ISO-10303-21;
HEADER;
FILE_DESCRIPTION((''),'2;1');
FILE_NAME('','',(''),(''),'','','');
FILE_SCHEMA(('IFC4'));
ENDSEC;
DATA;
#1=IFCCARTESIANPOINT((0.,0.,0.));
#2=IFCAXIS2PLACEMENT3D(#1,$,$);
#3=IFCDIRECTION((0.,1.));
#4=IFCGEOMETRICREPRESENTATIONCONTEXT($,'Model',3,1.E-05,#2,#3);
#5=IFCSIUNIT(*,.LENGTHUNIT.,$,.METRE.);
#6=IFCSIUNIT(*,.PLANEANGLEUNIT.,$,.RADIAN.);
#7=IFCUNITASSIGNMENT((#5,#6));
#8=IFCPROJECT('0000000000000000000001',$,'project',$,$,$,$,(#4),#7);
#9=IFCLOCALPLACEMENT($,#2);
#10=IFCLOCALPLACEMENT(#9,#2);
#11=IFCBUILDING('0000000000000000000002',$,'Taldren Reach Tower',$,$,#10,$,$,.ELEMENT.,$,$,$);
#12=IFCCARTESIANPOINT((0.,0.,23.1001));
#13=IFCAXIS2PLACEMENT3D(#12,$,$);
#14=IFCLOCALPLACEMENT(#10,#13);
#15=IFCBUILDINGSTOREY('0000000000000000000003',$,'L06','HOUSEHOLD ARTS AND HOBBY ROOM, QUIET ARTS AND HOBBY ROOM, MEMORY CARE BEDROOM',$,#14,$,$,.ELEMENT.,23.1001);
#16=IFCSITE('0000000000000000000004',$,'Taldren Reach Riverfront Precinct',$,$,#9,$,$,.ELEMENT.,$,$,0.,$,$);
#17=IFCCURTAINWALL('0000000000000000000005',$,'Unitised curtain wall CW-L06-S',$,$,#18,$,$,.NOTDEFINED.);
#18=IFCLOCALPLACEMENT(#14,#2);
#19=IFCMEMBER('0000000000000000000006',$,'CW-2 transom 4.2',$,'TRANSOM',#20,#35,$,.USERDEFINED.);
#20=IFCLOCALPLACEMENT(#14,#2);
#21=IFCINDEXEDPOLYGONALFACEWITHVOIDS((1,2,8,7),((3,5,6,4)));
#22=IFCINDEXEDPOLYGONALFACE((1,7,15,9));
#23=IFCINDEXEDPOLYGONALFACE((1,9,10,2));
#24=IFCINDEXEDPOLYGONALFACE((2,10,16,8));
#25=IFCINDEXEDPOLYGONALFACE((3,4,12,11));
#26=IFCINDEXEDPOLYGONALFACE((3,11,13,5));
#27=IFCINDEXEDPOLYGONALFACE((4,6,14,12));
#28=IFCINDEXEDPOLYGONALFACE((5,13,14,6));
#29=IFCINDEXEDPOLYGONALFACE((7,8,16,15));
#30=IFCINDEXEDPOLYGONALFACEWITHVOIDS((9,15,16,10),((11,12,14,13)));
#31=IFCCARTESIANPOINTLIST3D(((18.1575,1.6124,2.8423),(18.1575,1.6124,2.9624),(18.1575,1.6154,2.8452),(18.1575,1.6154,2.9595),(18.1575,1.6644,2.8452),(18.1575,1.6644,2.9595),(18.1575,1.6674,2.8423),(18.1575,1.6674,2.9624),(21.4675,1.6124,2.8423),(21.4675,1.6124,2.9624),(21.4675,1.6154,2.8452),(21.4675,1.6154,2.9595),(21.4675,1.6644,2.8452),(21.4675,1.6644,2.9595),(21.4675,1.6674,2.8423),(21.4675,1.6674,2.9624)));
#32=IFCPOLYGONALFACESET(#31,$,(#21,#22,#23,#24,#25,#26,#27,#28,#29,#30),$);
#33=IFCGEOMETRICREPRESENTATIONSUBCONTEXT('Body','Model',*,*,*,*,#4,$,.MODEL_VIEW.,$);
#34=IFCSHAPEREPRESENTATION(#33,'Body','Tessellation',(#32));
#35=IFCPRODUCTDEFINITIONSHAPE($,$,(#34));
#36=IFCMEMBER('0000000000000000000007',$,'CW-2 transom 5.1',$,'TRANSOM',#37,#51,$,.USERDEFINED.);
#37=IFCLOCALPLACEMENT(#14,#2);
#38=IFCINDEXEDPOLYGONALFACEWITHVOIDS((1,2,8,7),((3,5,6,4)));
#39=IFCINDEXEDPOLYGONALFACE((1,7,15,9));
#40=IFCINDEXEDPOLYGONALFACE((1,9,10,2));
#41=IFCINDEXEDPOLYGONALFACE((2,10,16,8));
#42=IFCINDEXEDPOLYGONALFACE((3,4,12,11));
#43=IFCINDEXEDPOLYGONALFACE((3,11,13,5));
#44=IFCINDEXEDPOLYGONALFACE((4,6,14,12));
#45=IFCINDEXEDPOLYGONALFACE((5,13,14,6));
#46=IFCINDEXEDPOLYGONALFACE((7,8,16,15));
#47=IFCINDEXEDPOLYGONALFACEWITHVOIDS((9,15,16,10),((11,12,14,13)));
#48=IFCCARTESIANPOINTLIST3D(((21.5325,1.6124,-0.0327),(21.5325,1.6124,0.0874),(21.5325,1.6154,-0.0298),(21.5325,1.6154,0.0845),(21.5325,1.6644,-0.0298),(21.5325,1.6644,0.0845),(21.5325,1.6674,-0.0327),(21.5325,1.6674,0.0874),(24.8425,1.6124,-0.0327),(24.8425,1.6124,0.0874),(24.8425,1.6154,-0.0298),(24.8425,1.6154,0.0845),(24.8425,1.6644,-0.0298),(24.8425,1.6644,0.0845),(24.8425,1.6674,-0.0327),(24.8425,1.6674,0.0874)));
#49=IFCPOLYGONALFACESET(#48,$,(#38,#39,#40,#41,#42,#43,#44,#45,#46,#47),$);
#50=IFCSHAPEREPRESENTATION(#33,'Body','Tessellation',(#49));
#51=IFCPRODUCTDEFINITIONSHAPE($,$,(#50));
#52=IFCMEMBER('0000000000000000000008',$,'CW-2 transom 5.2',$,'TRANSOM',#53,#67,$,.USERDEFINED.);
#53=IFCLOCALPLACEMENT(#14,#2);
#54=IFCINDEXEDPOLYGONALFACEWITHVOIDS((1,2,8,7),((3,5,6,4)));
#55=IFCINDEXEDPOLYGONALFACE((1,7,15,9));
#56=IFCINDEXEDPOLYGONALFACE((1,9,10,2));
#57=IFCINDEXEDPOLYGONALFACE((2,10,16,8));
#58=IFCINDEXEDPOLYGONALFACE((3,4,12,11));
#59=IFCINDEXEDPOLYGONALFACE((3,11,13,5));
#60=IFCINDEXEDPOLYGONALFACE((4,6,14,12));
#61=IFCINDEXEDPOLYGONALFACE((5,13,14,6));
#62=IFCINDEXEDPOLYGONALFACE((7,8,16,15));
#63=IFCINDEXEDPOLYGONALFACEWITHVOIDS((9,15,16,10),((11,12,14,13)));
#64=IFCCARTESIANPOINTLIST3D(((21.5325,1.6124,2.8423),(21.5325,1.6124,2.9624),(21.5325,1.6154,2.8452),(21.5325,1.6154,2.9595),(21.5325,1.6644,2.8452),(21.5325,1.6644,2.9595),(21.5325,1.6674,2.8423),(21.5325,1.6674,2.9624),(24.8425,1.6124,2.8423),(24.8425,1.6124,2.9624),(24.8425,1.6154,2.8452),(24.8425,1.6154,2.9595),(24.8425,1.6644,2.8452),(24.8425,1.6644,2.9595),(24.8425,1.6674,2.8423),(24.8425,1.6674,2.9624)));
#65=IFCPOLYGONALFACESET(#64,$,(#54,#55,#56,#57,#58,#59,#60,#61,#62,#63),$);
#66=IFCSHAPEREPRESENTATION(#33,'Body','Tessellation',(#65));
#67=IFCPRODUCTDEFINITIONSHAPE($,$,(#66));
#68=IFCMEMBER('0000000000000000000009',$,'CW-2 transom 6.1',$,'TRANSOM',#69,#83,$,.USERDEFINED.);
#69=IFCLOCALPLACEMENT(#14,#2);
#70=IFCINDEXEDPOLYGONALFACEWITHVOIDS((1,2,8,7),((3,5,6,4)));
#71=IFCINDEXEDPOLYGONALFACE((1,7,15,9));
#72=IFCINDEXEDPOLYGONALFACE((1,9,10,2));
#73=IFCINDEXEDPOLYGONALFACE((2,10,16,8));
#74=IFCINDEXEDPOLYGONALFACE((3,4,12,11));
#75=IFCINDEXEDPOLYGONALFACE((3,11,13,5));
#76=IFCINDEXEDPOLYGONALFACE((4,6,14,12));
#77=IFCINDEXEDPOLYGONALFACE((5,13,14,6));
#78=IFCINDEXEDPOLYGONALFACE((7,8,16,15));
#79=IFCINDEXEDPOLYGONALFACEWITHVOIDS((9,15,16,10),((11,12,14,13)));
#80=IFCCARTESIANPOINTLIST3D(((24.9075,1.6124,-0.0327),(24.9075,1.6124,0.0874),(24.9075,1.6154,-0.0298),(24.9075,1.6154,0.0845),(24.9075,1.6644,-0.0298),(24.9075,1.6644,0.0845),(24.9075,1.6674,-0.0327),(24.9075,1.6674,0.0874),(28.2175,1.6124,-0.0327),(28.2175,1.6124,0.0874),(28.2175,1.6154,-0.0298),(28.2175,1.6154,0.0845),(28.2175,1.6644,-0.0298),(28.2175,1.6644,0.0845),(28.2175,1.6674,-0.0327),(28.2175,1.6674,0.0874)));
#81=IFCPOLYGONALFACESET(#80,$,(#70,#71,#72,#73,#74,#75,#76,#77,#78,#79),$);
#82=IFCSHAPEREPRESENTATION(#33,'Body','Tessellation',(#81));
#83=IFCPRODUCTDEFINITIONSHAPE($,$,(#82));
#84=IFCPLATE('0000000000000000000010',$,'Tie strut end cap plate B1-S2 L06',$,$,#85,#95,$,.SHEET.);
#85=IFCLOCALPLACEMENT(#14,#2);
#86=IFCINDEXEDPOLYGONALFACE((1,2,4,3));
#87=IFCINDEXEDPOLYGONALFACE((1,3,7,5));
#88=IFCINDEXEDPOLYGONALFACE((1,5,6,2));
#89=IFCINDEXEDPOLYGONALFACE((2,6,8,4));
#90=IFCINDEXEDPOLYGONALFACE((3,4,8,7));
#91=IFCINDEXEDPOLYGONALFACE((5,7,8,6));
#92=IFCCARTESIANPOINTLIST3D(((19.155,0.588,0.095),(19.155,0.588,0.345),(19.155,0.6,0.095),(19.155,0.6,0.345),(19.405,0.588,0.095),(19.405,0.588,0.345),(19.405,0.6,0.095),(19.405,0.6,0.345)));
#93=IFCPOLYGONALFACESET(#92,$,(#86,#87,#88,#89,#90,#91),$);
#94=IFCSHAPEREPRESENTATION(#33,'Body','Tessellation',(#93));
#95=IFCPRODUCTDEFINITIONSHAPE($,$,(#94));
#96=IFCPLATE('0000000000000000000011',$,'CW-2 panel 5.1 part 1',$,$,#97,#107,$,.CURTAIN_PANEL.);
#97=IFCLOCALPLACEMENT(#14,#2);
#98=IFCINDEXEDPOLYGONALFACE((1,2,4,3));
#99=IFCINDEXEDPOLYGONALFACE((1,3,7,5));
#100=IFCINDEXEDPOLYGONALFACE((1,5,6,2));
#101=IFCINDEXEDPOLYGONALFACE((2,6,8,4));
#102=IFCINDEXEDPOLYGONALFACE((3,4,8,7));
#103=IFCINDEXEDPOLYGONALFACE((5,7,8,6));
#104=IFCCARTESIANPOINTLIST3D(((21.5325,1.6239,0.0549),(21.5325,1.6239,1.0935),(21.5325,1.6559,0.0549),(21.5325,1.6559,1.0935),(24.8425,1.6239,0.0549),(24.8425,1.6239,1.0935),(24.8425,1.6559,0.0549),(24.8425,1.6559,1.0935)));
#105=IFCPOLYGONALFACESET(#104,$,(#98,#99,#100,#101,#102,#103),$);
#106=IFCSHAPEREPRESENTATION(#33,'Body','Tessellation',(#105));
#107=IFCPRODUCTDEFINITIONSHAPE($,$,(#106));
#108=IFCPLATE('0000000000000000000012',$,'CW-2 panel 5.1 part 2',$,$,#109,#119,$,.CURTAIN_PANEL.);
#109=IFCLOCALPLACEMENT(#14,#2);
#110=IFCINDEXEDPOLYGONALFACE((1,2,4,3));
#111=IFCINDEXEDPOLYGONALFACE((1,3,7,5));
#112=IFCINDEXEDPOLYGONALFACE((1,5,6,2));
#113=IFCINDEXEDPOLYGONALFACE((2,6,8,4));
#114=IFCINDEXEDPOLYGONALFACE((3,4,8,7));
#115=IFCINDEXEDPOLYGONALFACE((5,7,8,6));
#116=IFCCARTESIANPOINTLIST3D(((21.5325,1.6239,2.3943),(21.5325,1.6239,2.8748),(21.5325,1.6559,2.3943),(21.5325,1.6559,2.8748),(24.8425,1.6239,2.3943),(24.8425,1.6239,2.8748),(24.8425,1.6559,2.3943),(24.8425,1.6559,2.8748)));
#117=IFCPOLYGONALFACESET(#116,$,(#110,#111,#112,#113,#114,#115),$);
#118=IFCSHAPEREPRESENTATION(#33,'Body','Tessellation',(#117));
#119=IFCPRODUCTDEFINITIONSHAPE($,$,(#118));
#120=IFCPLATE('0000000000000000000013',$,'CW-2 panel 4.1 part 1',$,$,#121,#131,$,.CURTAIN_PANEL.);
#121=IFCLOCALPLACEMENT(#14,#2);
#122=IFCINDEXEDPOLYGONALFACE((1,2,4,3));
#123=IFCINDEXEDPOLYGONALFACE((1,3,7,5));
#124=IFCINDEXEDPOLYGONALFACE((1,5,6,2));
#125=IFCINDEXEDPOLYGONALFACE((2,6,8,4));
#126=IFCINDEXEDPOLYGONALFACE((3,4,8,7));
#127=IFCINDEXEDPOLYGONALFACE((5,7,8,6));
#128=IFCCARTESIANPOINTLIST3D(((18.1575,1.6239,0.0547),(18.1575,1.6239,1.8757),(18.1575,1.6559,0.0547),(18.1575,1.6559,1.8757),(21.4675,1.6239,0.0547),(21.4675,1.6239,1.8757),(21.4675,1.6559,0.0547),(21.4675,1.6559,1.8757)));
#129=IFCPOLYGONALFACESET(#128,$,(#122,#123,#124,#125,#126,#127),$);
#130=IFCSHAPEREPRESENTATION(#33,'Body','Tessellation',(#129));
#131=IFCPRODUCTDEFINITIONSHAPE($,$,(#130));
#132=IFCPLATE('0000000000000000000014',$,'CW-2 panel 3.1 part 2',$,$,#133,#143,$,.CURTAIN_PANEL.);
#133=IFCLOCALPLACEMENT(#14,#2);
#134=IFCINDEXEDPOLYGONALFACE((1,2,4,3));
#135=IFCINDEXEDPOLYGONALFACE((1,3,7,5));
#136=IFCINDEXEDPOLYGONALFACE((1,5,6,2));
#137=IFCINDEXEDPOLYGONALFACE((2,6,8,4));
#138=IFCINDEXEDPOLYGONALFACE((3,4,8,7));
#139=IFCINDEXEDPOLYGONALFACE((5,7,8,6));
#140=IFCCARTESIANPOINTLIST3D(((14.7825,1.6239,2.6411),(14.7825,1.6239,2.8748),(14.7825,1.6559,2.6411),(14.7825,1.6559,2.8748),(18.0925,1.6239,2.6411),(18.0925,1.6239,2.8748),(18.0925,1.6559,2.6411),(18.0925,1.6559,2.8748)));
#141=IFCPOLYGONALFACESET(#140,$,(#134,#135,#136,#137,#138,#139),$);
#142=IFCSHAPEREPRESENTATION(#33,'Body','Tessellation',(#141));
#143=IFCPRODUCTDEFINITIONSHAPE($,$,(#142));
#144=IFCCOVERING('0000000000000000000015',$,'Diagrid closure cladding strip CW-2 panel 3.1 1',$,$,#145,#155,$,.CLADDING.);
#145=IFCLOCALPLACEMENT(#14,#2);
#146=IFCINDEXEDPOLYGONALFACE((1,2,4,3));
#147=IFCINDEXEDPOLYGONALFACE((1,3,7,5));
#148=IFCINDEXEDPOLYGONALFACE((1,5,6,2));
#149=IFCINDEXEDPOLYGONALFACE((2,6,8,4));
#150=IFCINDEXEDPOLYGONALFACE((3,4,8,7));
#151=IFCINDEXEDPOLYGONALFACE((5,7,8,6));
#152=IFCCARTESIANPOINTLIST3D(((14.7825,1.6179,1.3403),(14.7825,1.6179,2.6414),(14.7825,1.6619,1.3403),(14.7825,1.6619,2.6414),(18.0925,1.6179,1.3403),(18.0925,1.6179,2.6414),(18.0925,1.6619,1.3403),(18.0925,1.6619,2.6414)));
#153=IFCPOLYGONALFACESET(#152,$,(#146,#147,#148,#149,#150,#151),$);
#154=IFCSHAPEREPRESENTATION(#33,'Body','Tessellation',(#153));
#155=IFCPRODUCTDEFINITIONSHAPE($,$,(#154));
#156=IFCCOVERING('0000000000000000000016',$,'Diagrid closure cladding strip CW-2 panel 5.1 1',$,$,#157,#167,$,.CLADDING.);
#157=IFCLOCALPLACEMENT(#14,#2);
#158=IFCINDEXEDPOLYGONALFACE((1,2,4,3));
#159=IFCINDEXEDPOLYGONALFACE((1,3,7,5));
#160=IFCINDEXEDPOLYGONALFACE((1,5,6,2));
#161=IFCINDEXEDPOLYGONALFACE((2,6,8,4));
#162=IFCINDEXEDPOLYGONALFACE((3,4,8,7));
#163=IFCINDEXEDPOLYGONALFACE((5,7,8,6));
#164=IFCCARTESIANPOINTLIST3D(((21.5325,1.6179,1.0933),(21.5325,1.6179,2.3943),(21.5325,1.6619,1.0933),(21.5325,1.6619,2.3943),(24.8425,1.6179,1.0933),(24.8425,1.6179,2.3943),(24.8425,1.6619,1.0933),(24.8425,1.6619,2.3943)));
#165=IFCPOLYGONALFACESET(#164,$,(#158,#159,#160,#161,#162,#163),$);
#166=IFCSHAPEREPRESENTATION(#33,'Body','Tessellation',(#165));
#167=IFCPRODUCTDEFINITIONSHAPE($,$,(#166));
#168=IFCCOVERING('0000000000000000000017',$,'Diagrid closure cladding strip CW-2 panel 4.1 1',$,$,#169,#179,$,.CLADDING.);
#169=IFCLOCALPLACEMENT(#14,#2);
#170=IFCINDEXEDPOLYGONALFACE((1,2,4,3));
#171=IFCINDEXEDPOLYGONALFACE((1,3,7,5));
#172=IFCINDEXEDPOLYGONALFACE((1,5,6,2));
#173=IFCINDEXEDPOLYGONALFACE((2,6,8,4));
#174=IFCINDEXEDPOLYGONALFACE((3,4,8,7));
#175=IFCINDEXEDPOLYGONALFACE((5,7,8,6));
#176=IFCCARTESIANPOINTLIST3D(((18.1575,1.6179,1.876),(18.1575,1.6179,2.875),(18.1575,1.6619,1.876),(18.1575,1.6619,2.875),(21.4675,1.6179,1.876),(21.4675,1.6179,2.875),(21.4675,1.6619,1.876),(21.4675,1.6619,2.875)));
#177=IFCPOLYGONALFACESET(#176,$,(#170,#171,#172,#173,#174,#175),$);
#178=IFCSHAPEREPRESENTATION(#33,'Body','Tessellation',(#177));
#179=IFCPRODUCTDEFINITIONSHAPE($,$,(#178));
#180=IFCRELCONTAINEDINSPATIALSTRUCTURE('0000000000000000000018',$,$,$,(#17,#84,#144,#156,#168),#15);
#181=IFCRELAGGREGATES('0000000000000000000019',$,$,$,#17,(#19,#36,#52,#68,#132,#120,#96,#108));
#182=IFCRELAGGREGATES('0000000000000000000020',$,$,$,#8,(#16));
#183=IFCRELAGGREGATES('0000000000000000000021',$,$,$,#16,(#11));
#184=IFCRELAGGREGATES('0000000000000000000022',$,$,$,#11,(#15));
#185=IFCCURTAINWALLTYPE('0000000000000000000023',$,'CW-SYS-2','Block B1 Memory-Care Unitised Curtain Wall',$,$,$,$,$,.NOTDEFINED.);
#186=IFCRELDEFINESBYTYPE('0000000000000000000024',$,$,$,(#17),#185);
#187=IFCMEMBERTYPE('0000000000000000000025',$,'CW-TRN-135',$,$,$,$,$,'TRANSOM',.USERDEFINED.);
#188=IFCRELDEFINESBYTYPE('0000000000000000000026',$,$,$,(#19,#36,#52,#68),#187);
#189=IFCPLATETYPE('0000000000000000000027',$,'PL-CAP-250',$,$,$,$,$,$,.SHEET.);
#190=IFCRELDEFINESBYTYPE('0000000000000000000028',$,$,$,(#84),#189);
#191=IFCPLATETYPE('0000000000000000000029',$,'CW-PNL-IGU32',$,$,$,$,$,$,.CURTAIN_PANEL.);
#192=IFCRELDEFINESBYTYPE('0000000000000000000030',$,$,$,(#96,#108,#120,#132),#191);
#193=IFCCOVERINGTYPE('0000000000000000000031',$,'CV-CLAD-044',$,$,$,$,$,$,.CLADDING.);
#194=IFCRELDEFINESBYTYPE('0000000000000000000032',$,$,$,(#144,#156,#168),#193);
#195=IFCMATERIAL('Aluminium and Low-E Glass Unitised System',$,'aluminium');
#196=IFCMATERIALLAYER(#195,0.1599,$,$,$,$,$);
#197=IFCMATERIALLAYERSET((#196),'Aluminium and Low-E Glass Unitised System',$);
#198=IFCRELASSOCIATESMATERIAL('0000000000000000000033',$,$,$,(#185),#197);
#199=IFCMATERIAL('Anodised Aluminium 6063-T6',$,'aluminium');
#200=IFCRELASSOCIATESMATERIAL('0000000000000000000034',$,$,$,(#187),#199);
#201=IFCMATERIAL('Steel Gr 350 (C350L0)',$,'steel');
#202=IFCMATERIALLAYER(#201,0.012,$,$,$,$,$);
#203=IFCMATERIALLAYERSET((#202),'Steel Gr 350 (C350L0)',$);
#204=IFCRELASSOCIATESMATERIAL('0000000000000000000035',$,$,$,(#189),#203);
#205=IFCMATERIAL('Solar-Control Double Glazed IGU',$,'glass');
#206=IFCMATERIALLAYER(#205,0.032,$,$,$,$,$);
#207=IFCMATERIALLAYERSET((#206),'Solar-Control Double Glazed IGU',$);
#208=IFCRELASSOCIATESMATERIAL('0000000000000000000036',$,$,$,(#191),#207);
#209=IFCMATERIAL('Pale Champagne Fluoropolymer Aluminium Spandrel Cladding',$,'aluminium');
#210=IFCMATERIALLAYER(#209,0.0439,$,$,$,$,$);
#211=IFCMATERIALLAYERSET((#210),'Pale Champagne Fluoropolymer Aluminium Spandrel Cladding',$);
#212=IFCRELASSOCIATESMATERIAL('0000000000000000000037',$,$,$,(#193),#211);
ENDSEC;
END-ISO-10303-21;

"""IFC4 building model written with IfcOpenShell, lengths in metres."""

from ifc_helpers import new_model, si_unit, direction, frame, origin, origin_2d, place, context, subcontext, project, spatial, rectangle, hollow_rectangle, extrude, source, transform, mapped, material, layer, layer_set, material_profile, profile_set, type_object, element, aggregate, save


model = new_model("IFC4")

# Units and contexts
model_context = context("Model", 3, precision=1e-05, world=origin(), true_north=direction((0.0, 1.0)))
body_context = subcontext(model_context, "Body", "Model", "MODEL_VIEW")
ifc_project = project(units=[si_unit("LENGTHUNIT", "METRE"), si_unit("PLANEANGLEUNIT", "RADIAN")], contexts=[model_context])

# Site, building, storey
site_placement = place(None, origin())
site = spatial("IfcSite", under=ifc_project, at=site_placement, Name="Taldren Reach Riverfront Precinct", CompositionType="ELEMENT", RefElevation=0.0)
building_placement = place(site_placement, origin())
building = spatial("IfcBuilding", under=site, at=building_placement, Name="Taldren Reach Tower", CompositionType="ELEMENT")
storey_placement = place(building_placement, frame((0.0, 0.0, 23.1001)))
storey = spatial("IfcBuildingStorey", under=building, at=storey_placement, Name="L06", Description="HOUSEHOLD ARTS AND HOBBY ROOM, QUIET ARTS AND HOBBY ROOM, MEMORY CARE BEDROOM", CompositionType="ELEMENT", Elevation=23.1001)

# Shared definitions
ifc_material_1 = material(Name="Steel Gr 350 (C350L0)", Category="steel")

# Curtain wall, members
ifc_material_2 = material(Name="Aluminium and Low-E Glass Unitised System", Category="aluminium")
ifc_layer_1 = layer(ifc_material_2, 0.1599)
ifc_layer_set_1 = layer_set([ifc_layer_1], Name="Aluminium and Low-E Glass Unitised System")
curtain_wall_type = type_object("IfcCurtainWallType", Name="CW-SYS-2", Description="Block B1 Memory-Care Unitised Curtain Wall", PredefinedType="NOTDEFINED", material=ifc_layer_set_1)
curtain_wall_placement = place(storey_placement, origin())
curtain_wall = element("IfcCurtainWall", 1, at=curtain_wall_placement, inside=storey, type_object=curtain_wall_type, Name="Unitised curtain wall CW-L06-S", PredefinedType="NOTDEFINED")
ifc_material_3 = material(Name="Anodised Aluminium 6063-T6", Category="aluminium")
ifc_material_profile_1 = material_profile(ifc_material_3, hollow_rectangle(XDim=0.0549, YDim=0.1201, WallThickness=0.0029, at=origin_2d()), Name="ALU-120x55x3RHS")
ifc_profile_set_1 = profile_set([ifc_material_profile_1], Name="Anodised Aluminium 6063-T6")
member_type_1 = type_object("IfcMemberType", Name="CW-TRN-135", ElementType="TRANSOM", PredefinedType="USERDEFINED", material=ifc_profile_set_1)
shared_shape_1 = source(origin(), body_context, "Body", "SweptSolid", [
    extrude(hollow_rectangle(XDim=0.0549, YDim=0.1201, WallThickness=0.0029, at=origin_2d()), origin(), (0.0, 0.0, 1.0), 3.3101),
])
member_1_placement = place(storey_placement, frame((18.1575, 1.6399, 2.9023), z_axis=(1.0, 0.0, 0.0), x_axis=(0.0, 1.0, 0.0)))
member_1 = element("IfcMember", 2, at=member_1_placement, type_object=member_type_1, Name="CW-2 transom 4.2", ObjectType="TRANSOM", PredefinedType="USERDEFINED", context=body_context, shape_type="MappedRepresentation", body=[
    mapped(shared_shape_1, transform((0.0, 0.0, 0.0), scale=1.0)),
])
member_2_placement = place(storey_placement, frame((21.5325, 1.6399, 0.0273), z_axis=(1.0, 0.0, 0.0), x_axis=(0.0, 1.0, 0.0)))
member_2 = element("IfcMember", 3, at=member_2_placement, type_object=member_type_1, Name="CW-2 transom 5.1", ObjectType="TRANSOM", PredefinedType="USERDEFINED", context=body_context, shape_type="MappedRepresentation", body=[
    mapped(shared_shape_1, transform((0.0, 0.0, 0.0), scale=1.0)),
])
member_3_placement = place(storey_placement, frame((21.5325, 1.6399, 2.9023), z_axis=(1.0, 0.0, 0.0), x_axis=(0.0, 1.0, 0.0)))
member_3 = element("IfcMember", 4, at=member_3_placement, type_object=member_type_1, Name="CW-2 transom 5.2", ObjectType="TRANSOM", PredefinedType="USERDEFINED", context=body_context, shape_type="MappedRepresentation", body=[
    mapped(shared_shape_1, transform((0.0, 0.0, 0.0), scale=1.0)),
])
member_4_placement = place(storey_placement, frame((24.9075, 1.6399, 0.0273), z_axis=(1.0, 0.0, 0.0), x_axis=(0.0, 1.0, 0.0)))
member_4 = element("IfcMember", 5, at=member_4_placement, type_object=member_type_1, Name="CW-2 transom 6.1", ObjectType="TRANSOM", PredefinedType="USERDEFINED", context=body_context, shape_type="MappedRepresentation", body=[
    mapped(shared_shape_1, transform((0.0, 0.0, 0.0), scale=1.0)),
])

# Plates
ifc_layer_2 = layer(ifc_material_1, 0.012)
ifc_layer_set_2 = layer_set([ifc_layer_2], Name="Steel Gr 350 (C350L0)")
plate_type_1 = type_object("IfcPlateType", Name="PL-CAP-250", PredefinedType="SHEET", material=ifc_layer_set_2)
shared_shape_2 = source(origin(), body_context, "Body", "SweptSolid", [
    extrude(rectangle(XDim=0.25, YDim=0.012, at=origin_2d()), origin(), (0.0, 0.0, 1.0), 0.25),
])
plate_1_placement = place(storey_placement, frame((19.28, 0.594, 0.095), z_axis=(0.0, 0.0, 1.0), x_axis=(1.0, 0.0, 0.0)))
element("IfcPlate", 6, at=plate_1_placement, inside=storey, type_object=plate_type_1, Name="Tie strut end cap plate B1-S2 L06", PredefinedType="SHEET", context=body_context, shape_type="MappedRepresentation", body=[
    mapped(shared_shape_2, transform((0.0, 0.0, 0.0), scale=1.0)),
])
ifc_material_4 = material(Name="Solar-Control Double Glazed IGU", Category="glass")
ifc_layer_3 = layer(ifc_material_4, 0.032)
ifc_layer_set_3 = layer_set([ifc_layer_3], Name="Solar-Control Double Glazed IGU")
plate_type_2 = type_object("IfcPlateType", Name="CW-PNL-IGU32", PredefinedType="CURTAIN_PANEL", material=ifc_layer_set_3)
shared_shape_3 = source(origin(), body_context, "Body", "SweptSolid", [
    extrude(rectangle(XDim=3.3101, YDim=0.032, at=origin_2d()), origin(), (0.0, 0.0, 1.0), 1.0386),
])
plate_2_placement = place(storey_placement, frame((23.1875, 1.6399, 0.0549), z_axis=(0.0, 0.0, 1.0), x_axis=(1.0, 0.0, 0.0)))
plate_2 = element("IfcPlate", 7, at=plate_2_placement, type_object=plate_type_2, Name="CW-2 panel 5.1 part 1", PredefinedType="CURTAIN_PANEL", context=body_context, shape_type="MappedRepresentation", body=[
    mapped(shared_shape_3, transform((0.0, 0.0, 0.0), scale=1.0)),
])
shared_shape_4 = source(origin(), body_context, "Body", "SweptSolid", [
    extrude(rectangle(XDim=3.3101, YDim=0.032, at=origin_2d()), origin(), (0.0, 0.0, 1.0), 0.4805),
])
plate_3_placement = place(storey_placement, frame((23.1875, 1.6399, 2.3943), z_axis=(0.0, 0.0, 1.0), x_axis=(1.0, 0.0, 0.0)))
plate_3 = element("IfcPlate", 8, at=plate_3_placement, type_object=plate_type_2, Name="CW-2 panel 5.1 part 2", PredefinedType="CURTAIN_PANEL", context=body_context, shape_type="MappedRepresentation", body=[
    mapped(shared_shape_4, transform((0.0, 0.0, 0.0), scale=1.0)),
])
shared_shape_5 = source(origin(), body_context, "Body", "SweptSolid", [
    extrude(rectangle(XDim=3.3101, YDim=0.032, at=origin_2d()), origin(), (0.0, 0.0, 1.0), 1.821),
])
plate_4_placement = place(storey_placement, frame((19.8125, 1.6399, 0.0547), z_axis=(0.0, 0.0, 1.0), x_axis=(1.0, 0.0, 0.0)))
plate_4 = element("IfcPlate", 9, at=plate_4_placement, type_object=plate_type_2, Name="CW-2 panel 4.1 part 1", PredefinedType="CURTAIN_PANEL", context=body_context, shape_type="MappedRepresentation", body=[
    mapped(shared_shape_5, transform((0.0, 0.0, 0.0), scale=1.0)),
])
shared_shape_6 = source(origin(), body_context, "Body", "SweptSolid", [
    extrude(rectangle(XDim=3.3101, YDim=0.032, at=origin_2d()), origin(), (0.0, 0.0, 1.0), 0.2336),
])
plate_5_placement = place(storey_placement, frame((16.4375, 1.6399, 2.6411), z_axis=(0.0, 0.0, 1.0), x_axis=(1.0, 0.0, 0.0)))
plate_5 = element("IfcPlate", 10, at=plate_5_placement, type_object=plate_type_2, Name="CW-2 panel 3.1 part 2", PredefinedType="CURTAIN_PANEL", context=body_context, shape_type="MappedRepresentation", body=[
    mapped(shared_shape_6, transform((0.0, 0.0, 0.0), scale=1.0)),
])
aggregate(curtain_wall, [member_1, member_2, member_3, member_4, plate_5, plate_4, plate_2, plate_3])

# Coverings
ifc_material_5 = material(Name="Pale Champagne Fluoropolymer Aluminium Spandrel Cladding", Category="aluminium")
ifc_layer_4 = layer(ifc_material_5, 0.0439)
ifc_layer_set_4 = layer_set([ifc_layer_4], Name="Pale Champagne Fluoropolymer Aluminium Spandrel Cladding")
covering_type = type_object("IfcCoveringType", Name="CV-CLAD-044", PredefinedType="CLADDING", material=ifc_layer_set_4)
shared_shape_7 = source(origin(), body_context, "Body", "SweptSolid", [
    extrude(rectangle(XDim=3.3101, YDim=0.0439, at=origin_2d()), origin(), (0.0, 0.0, 1.0), 1.301),
])
for number, where, z_axis, x_axis, name in (
    (11, (16.4375, 1.6399, 1.3403), (0.0, 0.0, 1.0), (1.0, 0.0, 0.0), "Diagrid closure cladding strip CW-2 panel 3.1 1"),
    (12, (23.1875, 1.6399, 1.0933), (0.0, 0.0, 1.0), (1.0, 0.0, 0.0), "Diagrid closure cladding strip CW-2 panel 5.1 1"),
):
    element("IfcCovering", number, at=place(storey_placement, frame(where, z_axis=z_axis, x_axis=x_axis)), inside=storey, type_object=covering_type, Name=name, PredefinedType="CLADDING", context=body_context, shape_type="MappedRepresentation", body=[
        mapped(shared_shape_7, transform((0.0, 0.0, 0.0), scale=1.0)),
    ])
shared_shape_8 = source(origin(), body_context, "Body", "SweptSolid", [
    extrude(rectangle(XDim=3.3101, YDim=0.0439, at=origin_2d()), origin(), (0.0, 0.0, 1.0), 0.999),
])
covering_placement = place(storey_placement, frame((19.8125, 1.6399, 1.876), z_axis=(0.0, 0.0, 1.0), x_axis=(1.0, 0.0, 0.0)))
element("IfcCovering", 13, at=covering_placement, inside=storey, type_object=covering_type, Name="Diagrid closure cladding strip CW-2 panel 4.1 1", PredefinedType="CLADDING", context=body_context, shape_type="MappedRepresentation", body=[
    mapped(shared_shape_8, transform((0.0, 0.0, 0.0), scale=1.0)),
])

save(model, "model.ifc")
